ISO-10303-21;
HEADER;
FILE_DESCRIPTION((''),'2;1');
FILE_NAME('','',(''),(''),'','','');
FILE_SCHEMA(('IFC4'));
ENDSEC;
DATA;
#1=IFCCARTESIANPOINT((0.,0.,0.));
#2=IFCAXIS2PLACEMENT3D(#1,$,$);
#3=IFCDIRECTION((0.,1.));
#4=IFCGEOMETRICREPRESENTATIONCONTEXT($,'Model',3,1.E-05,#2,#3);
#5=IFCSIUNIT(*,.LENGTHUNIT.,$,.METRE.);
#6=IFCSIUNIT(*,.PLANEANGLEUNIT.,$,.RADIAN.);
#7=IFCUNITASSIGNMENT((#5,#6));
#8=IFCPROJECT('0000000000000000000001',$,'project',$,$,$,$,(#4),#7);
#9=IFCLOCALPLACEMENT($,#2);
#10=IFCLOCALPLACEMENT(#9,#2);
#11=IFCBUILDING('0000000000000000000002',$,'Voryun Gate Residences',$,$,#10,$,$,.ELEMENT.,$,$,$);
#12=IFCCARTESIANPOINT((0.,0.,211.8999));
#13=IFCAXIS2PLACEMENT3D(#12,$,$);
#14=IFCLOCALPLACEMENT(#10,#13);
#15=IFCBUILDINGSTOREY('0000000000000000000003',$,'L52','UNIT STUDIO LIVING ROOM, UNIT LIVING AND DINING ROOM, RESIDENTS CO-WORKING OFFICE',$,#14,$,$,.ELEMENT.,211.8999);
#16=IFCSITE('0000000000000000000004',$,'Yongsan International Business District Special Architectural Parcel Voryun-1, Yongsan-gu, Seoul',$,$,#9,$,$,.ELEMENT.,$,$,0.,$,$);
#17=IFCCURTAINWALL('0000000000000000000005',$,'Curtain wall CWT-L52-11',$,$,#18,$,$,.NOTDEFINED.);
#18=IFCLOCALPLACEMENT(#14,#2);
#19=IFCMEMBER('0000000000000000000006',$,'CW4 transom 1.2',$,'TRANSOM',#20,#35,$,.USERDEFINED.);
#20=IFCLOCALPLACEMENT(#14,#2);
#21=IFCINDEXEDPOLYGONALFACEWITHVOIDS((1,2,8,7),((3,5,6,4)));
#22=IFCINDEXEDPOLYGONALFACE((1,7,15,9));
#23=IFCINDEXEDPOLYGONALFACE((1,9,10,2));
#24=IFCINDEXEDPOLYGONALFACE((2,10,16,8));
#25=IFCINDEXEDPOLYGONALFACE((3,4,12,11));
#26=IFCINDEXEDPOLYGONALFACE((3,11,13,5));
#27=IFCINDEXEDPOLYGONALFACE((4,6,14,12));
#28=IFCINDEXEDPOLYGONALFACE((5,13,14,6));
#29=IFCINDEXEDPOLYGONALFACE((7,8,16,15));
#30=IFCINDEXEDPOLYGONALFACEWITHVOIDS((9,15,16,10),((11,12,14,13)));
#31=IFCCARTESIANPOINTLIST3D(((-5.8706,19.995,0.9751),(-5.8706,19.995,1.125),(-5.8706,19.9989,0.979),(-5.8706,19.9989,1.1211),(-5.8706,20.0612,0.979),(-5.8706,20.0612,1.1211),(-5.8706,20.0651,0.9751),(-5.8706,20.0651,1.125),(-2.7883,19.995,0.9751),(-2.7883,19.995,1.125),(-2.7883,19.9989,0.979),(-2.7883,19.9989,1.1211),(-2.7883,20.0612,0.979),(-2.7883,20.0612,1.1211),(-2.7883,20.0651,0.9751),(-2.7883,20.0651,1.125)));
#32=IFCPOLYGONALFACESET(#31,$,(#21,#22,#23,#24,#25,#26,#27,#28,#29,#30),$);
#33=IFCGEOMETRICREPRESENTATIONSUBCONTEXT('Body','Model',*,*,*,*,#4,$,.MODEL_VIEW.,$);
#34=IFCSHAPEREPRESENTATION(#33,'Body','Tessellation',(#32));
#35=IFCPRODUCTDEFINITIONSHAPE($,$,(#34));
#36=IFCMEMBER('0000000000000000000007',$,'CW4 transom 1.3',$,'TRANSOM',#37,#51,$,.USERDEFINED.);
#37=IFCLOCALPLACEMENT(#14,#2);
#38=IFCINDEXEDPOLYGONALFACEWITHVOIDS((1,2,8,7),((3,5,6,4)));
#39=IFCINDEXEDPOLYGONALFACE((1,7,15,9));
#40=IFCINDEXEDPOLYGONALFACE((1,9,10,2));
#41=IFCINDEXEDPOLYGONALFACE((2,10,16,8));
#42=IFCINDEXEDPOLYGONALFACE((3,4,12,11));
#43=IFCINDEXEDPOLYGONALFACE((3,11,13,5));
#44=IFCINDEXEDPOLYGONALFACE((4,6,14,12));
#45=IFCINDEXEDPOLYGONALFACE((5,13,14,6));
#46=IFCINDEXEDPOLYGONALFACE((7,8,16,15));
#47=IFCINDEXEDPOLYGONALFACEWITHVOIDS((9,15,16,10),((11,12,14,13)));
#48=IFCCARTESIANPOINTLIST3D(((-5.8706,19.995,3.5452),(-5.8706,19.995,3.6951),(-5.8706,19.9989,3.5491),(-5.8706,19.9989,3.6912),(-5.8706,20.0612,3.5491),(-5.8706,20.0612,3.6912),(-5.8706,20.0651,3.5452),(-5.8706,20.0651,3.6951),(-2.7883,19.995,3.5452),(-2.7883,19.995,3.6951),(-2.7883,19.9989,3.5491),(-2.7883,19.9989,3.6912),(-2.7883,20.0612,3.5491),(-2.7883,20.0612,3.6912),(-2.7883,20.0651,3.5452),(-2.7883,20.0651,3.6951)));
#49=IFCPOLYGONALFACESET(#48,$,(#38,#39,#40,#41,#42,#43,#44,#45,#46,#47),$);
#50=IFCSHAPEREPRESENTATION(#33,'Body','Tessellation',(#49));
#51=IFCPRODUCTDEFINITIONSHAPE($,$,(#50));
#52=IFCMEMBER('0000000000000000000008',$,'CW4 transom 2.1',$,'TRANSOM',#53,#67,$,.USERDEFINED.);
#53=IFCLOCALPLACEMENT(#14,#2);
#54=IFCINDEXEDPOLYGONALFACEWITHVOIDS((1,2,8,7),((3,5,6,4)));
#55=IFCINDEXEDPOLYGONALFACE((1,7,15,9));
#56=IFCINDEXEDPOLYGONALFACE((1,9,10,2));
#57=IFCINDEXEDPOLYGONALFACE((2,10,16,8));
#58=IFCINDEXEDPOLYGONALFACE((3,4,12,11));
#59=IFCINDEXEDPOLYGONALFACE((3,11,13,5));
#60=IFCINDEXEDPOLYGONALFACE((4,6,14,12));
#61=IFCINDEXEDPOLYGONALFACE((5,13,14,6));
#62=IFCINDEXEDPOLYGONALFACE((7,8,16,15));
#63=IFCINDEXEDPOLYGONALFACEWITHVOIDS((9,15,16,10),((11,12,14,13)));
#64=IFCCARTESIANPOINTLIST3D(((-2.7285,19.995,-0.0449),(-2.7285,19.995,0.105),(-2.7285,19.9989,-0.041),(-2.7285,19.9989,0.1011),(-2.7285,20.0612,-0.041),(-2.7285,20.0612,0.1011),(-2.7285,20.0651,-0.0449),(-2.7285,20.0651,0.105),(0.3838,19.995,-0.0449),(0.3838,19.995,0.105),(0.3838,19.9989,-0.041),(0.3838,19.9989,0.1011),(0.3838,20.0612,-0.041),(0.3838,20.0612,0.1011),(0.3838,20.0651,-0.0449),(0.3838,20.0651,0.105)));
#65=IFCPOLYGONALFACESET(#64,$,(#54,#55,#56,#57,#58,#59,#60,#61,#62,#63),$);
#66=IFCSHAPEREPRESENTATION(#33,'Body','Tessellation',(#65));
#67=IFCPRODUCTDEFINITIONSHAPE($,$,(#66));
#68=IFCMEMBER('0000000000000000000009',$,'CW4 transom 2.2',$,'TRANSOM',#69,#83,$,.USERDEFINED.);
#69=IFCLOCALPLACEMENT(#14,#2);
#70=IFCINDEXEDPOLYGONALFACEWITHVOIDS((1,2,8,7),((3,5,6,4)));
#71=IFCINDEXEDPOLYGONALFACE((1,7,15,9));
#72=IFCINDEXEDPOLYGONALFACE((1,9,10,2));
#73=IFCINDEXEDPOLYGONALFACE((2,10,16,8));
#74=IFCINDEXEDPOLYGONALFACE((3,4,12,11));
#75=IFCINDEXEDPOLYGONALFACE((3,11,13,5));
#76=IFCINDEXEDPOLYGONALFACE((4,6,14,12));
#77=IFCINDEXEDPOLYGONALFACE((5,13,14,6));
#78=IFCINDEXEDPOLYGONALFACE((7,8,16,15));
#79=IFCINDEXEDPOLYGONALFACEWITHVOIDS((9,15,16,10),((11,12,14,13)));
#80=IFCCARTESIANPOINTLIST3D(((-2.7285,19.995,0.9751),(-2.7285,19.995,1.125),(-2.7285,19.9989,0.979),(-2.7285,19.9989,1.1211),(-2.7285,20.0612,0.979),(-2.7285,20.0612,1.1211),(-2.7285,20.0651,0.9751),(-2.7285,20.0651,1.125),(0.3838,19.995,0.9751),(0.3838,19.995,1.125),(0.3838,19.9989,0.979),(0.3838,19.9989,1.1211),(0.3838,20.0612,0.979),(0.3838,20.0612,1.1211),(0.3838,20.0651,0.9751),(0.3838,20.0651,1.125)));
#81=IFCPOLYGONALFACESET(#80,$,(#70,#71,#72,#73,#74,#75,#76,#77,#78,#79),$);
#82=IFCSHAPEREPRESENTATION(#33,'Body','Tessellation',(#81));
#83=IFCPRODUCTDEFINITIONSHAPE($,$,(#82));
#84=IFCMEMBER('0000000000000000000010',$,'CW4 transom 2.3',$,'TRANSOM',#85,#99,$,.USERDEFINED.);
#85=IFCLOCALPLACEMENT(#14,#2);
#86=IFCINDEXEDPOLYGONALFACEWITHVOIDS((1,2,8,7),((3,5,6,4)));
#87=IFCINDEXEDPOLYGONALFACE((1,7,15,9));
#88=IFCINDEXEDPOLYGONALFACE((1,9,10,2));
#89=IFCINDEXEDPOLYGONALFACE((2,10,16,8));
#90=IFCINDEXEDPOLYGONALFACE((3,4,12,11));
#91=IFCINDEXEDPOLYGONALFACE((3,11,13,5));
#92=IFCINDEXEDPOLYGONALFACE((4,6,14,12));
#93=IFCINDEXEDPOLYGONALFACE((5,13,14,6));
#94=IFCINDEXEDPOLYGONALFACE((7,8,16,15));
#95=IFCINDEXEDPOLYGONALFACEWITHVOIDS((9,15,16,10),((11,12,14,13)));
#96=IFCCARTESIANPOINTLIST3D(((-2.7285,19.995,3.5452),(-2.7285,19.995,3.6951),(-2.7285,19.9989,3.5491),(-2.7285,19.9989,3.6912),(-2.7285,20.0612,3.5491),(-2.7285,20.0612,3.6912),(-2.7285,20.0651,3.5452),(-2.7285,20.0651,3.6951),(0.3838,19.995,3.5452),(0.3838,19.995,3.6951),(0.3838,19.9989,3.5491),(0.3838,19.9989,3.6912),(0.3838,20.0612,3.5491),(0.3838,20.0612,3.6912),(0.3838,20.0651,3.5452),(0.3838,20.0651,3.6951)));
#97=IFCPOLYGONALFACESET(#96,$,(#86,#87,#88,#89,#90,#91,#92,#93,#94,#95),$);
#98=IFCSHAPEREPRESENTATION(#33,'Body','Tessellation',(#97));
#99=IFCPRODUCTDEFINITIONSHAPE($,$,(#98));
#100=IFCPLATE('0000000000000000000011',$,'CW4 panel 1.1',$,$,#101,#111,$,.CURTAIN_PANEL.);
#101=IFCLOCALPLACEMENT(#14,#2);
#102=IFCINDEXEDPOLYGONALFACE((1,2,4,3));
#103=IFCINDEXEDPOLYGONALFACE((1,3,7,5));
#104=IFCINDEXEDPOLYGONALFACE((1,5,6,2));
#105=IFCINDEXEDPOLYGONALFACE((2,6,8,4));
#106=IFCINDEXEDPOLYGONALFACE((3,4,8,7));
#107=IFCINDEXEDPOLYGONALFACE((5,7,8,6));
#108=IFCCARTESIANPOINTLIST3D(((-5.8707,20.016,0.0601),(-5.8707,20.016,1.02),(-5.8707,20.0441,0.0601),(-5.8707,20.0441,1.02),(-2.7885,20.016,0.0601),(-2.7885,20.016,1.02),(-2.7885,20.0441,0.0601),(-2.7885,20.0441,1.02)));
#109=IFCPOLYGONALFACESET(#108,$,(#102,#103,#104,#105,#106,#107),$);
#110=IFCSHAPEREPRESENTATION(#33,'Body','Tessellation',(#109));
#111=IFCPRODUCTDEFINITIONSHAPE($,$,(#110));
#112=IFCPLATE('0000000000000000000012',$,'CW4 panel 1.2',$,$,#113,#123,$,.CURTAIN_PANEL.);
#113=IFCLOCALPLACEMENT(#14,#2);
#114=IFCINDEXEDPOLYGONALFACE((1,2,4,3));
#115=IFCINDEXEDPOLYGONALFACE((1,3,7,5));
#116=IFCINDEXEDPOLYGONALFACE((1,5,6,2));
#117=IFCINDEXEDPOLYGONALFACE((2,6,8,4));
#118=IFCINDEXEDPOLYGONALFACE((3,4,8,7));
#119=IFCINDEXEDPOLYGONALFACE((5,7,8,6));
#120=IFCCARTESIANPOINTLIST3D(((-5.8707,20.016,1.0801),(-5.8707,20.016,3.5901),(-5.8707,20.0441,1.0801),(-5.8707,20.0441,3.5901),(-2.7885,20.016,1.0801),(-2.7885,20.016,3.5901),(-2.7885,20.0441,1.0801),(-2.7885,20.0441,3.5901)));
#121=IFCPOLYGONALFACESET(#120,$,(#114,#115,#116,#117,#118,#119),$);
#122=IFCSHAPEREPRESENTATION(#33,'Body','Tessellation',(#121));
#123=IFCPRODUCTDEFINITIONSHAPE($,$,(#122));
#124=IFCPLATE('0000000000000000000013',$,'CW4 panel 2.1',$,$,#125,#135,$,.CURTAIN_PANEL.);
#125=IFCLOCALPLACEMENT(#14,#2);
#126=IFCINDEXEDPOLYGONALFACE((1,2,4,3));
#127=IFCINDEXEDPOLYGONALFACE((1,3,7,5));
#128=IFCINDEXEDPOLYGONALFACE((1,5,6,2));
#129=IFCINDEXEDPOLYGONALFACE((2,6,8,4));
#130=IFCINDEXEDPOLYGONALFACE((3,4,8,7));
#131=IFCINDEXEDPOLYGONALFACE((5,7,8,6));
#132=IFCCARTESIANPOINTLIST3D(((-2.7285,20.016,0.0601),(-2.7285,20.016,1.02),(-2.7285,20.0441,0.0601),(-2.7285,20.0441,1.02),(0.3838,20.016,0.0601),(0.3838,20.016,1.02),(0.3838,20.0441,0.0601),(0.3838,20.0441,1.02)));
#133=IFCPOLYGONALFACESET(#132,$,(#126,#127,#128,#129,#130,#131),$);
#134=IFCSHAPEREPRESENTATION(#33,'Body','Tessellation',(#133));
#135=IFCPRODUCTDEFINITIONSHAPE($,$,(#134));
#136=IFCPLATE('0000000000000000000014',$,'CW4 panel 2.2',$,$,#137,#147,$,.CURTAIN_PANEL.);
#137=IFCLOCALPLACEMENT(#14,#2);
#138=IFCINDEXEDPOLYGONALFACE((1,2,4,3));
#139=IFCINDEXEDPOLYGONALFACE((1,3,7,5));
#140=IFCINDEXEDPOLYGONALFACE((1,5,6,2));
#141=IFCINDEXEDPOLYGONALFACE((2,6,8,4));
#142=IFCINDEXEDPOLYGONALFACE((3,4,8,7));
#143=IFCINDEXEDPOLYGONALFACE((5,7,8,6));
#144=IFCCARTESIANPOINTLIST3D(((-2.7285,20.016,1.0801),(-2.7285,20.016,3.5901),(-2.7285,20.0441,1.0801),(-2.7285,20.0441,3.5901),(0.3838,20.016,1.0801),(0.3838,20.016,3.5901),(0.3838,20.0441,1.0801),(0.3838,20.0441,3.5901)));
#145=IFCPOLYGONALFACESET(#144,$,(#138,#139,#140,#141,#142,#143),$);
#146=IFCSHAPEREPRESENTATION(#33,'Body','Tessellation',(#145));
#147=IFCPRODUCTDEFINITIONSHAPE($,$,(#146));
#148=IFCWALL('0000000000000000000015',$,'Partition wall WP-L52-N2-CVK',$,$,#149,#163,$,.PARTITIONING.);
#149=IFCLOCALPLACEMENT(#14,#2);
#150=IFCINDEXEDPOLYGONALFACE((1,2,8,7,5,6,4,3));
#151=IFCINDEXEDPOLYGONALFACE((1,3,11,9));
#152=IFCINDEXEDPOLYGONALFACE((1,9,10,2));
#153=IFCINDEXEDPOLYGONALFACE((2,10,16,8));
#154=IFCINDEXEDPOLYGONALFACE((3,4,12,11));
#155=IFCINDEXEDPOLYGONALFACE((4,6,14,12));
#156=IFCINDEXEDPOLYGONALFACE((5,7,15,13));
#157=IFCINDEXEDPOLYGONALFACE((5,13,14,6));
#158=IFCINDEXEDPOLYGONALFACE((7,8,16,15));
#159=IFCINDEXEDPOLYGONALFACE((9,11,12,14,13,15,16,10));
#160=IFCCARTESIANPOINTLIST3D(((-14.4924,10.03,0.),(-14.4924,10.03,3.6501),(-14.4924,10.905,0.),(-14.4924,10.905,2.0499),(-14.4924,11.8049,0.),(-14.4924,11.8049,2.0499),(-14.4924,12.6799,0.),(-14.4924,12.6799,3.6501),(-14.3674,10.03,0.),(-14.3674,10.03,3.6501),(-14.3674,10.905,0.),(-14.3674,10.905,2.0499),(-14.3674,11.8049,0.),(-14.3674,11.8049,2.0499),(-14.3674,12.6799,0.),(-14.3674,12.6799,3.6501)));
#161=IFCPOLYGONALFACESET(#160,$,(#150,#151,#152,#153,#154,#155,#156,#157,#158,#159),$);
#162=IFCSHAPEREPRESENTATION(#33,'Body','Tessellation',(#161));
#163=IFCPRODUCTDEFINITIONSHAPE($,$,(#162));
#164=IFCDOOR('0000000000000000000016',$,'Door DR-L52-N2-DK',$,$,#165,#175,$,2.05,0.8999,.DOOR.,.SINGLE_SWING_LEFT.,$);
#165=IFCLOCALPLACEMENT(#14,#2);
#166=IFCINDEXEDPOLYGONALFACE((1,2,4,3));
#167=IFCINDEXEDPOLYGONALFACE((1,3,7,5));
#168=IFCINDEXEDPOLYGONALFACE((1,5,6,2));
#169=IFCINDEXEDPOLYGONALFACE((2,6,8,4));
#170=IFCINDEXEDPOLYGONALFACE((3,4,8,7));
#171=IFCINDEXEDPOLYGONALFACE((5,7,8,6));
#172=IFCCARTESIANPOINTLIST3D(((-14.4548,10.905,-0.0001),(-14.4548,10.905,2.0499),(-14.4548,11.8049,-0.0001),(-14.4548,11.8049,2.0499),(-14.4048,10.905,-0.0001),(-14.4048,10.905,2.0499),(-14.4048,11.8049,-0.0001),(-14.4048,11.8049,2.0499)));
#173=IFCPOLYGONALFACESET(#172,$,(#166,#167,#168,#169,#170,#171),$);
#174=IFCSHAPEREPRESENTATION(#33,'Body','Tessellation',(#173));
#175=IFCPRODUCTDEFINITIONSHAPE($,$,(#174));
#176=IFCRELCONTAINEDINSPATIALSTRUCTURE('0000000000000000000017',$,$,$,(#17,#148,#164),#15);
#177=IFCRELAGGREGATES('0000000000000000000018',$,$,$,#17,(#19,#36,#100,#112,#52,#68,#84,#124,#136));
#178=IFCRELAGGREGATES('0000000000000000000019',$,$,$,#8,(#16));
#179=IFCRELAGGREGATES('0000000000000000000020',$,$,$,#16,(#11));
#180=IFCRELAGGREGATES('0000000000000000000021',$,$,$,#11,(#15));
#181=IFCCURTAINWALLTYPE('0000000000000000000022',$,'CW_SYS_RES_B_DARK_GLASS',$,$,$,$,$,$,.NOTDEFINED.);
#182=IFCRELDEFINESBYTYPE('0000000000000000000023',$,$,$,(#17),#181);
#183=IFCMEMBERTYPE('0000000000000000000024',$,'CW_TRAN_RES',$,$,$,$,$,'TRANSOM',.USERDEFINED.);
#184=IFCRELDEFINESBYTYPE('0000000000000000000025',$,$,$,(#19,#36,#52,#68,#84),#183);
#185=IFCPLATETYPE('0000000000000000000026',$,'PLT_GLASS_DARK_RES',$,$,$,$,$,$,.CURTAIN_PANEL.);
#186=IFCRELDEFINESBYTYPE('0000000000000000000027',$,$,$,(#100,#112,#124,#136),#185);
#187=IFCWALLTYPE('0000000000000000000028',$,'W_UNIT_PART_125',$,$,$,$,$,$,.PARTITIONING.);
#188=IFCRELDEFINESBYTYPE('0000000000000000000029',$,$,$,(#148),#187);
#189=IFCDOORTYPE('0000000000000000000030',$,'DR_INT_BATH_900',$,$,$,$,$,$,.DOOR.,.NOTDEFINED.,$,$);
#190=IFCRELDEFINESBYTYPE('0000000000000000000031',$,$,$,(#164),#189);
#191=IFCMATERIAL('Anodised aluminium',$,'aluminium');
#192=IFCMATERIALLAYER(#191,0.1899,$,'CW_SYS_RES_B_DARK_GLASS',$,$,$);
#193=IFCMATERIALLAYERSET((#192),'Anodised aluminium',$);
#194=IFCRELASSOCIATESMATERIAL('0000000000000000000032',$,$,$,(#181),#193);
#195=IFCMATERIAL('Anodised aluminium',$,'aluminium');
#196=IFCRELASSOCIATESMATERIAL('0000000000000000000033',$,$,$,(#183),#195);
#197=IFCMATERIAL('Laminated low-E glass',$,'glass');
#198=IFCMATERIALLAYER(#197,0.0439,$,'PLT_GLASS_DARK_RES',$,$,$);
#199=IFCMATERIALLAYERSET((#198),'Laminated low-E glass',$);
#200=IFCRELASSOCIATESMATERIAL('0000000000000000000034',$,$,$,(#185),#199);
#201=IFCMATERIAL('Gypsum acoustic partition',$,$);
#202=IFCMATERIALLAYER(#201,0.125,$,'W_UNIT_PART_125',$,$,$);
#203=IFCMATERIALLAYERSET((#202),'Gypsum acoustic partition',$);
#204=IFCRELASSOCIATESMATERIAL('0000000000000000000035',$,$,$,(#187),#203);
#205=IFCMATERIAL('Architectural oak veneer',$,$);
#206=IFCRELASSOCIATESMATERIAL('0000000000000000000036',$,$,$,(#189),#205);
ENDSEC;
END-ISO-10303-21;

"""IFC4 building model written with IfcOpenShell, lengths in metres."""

from ifc_helpers import new_model, si_unit, direction, frame, frame_2d, origin, origin_2d, place, context, subcontext, project, spatial, rectangle, hollow_rectangle, extrude, material, layer, layer_set, material_profile, profile_set, type_object, element, fill, aggregate, save


model = new_model("IFC4")

# Units and contexts
model_context = context("Model", 3, precision=1e-05, world=origin(), true_north=direction((0.0, 1.0)))
body_context = subcontext(model_context, "Body", "Model", "MODEL_VIEW")
ifc_project = project(units=[si_unit("LENGTHUNIT", "METRE"), si_unit("PLANEANGLEUNIT", "RADIAN")], contexts=[model_context])

# Site, building, storey
site_placement = place(None, origin())
site = spatial("IfcSite", under=ifc_project, at=site_placement, Name="Yongsan International Business District Special Architectural Parcel Voryun-1, Yongsan-gu, Seoul", CompositionType="ELEMENT", RefElevation=0.0)
building_placement = place(site_placement, origin())
building = spatial("IfcBuilding", under=site, at=building_placement, Name="Voryun Gate Residences", CompositionType="ELEMENT")
storey_placement = place(building_placement, frame((0.0, 0.0, 211.8999)))
storey = spatial("IfcBuildingStorey", under=building, at=storey_placement, Name="L52", Description="UNIT STUDIO LIVING ROOM, UNIT LIVING AND DINING ROOM, RESIDENTS CO-WORKING OFFICE", CompositionType="ELEMENT", Elevation=211.8999)

# Curtain wall, members, plates
ifc_material_1 = material(Name="Anodised aluminium", Category="aluminium")
ifc_layer_1 = layer(ifc_material_1, 0.1899, Name="CW_SYS_RES_B_DARK_GLASS")
ifc_layer_set_1 = layer_set([ifc_layer_1], Name="Anodised aluminium")
curtain_wall_type = type_object("IfcCurtainWallType", Name="CW_SYS_RES_B_DARK_GLASS", PredefinedType="NOTDEFINED", material=ifc_layer_set_1)
curtain_wall_placement = place(storey_placement, origin())
curtain_wall = element("IfcCurtainWall", 1, at=curtain_wall_placement, inside=storey, type_object=curtain_wall_type, Name="Curtain wall CWT-L52-11", PredefinedType="NOTDEFINED")
ifc_material_2 = material(Name="Anodised aluminium", Category="aluminium")
ifc_material_profile_1 = material_profile(ifc_material_2, hollow_rectangle(XDim=0.0701, YDim=0.1499, WallThickness=0.0039, at=origin_2d()), Name="ALU-TRAN-150x70x4")
ifc_profile_set_1 = profile_set([ifc_material_profile_1], Name="Anodised aluminium")
member_type_1 = type_object("IfcMemberType", Name="CW_TRAN_RES", ElementType="TRANSOM", PredefinedType="USERDEFINED", material=ifc_profile_set_1)
member_1_placement = place(storey_placement, frame((-5.8706, 20.03, 1.05), z_axis=(1.0, 0.0, 0.0), x_axis=(0.0, 1.0, 0.0)))
member_1 = element("IfcMember", 2, at=member_1_placement, type_object=member_type_1, Name="CW4 transom 1.2", ObjectType="TRANSOM", PredefinedType="USERDEFINED", context=body_context, shape_type="SweptSolid", body=[
    extrude(hollow_rectangle(XDim=0.0701, YDim=0.1499, WallThickness=0.0039, at=origin_2d()), origin(), (0.0, 0.0, 1.0), 3.0823),
])
member_2_placement = place(storey_placement, frame((-5.8706, 20.03, 3.6201), z_axis=(1.0, 0.0, 0.0), x_axis=(0.0, 1.0, 0.0)))
member_2 = element("IfcMember", 3, at=member_2_placement, type_object=member_type_1, Name="CW4 transom 1.3", ObjectType="TRANSOM", PredefinedType="USERDEFINED", context=body_context, shape_type="SweptSolid", body=[
    extrude(hollow_rectangle(XDim=0.0701, YDim=0.1499, WallThickness=0.0039, at=origin_2d()), origin(), (0.0, 0.0, 1.0), 3.0823),
])
member_3_placement = place(storey_placement, frame((-2.7285, 20.03, 0.03), z_axis=(1.0, 0.0, 0.0), x_axis=(0.0, 1.0, 0.0)))
member_3 = element("IfcMember", 4, at=member_3_placement, type_object=member_type_1, Name="CW4 transom 2.1", ObjectType="TRANSOM", PredefinedType="USERDEFINED", context=body_context, shape_type="SweptSolid", body=[
    extrude(hollow_rectangle(XDim=0.0701, YDim=0.1499, WallThickness=0.0039, at=origin_2d()), origin(), (0.0, 0.0, 1.0), 3.1123),
])
member_4_placement = place(storey_placement, frame((-2.7285, 20.03, 1.05), z_axis=(1.0, 0.0, 0.0), x_axis=(0.0, 1.0, 0.0)))
member_4 = element("IfcMember", 5, at=member_4_placement, type_object=member_type_1, Name="CW4 transom 2.2", ObjectType="TRANSOM", PredefinedType="USERDEFINED", context=body_context, shape_type="SweptSolid", body=[
    extrude(hollow_rectangle(XDim=0.0701, YDim=0.1499, WallThickness=0.0039, at=origin_2d()), origin(), (0.0, 0.0, 1.0), 3.1123),
])
member_5_placement = place(storey_placement, frame((-2.7285, 20.03, 3.6201), z_axis=(1.0, 0.0, 0.0), x_axis=(0.0, 1.0, 0.0)))
member_5 = element("IfcMember", 6, at=member_5_placement, type_object=member_type_1, Name="CW4 transom 2.3", ObjectType="TRANSOM", PredefinedType="USERDEFINED", context=body_context, shape_type="SweptSolid", body=[
    extrude(hollow_rectangle(XDim=0.0701, YDim=0.1499, WallThickness=0.0039, at=origin_2d()), origin(), (0.0, 0.0, 1.0), 3.1123),
])
ifc_material_3 = material(Name="Laminated low-E glass", Category="glass")
ifc_layer_2 = layer(ifc_material_3, 0.0439, Name="PLT_GLASS_DARK_RES")
ifc_layer_set_2 = layer_set([ifc_layer_2], Name="Laminated low-E glass")
plate_type = type_object("IfcPlateType", Name="PLT_GLASS_DARK_RES", PredefinedType="CURTAIN_PANEL", material=ifc_layer_set_2)
plate_1_placement = place(storey_placement, frame((-4.3296, 20.03, 0.0601), z_axis=(0.0, 0.0, 1.0), x_axis=(1.0, 0.0, 0.0)))
plate_1 = element("IfcPlate", 7, at=plate_1_placement, type_object=plate_type, Name="CW4 panel 1.1", PredefinedType="CURTAIN_PANEL", context=body_context, shape_type="SweptSolid", body=[
    extrude(rectangle(XDim=3.0823, YDim=0.0281, at=origin_2d()), origin(), (0.0, 0.0, 1.0), 0.96),
])
plate_2_placement = place(storey_placement, frame((-4.3296, 20.03, 1.0801), z_axis=(0.0, 0.0, 1.0), x_axis=(1.0, 0.0, 0.0)))
plate_2 = element("IfcPlate", 8, at=plate_2_placement, type_object=plate_type, Name="CW4 panel 1.2", PredefinedType="CURTAIN_PANEL", context=body_context, shape_type="SweptSolid", body=[
    extrude(rectangle(XDim=3.0823, YDim=0.0281, at=origin_2d()), origin(), (0.0, 0.0, 1.0), 2.51),
])
plate_3_placement = place(storey_placement, frame((-1.1724, 20.03, 0.0601), z_axis=(0.0, 0.0, 1.0), x_axis=(1.0, 0.0, 0.0)))
plate_3 = element("IfcPlate", 9, at=plate_3_placement, type_object=plate_type, Name="CW4 panel 2.1", PredefinedType="CURTAIN_PANEL", context=body_context, shape_type="SweptSolid", body=[
    extrude(rectangle(XDim=3.1123, YDim=0.0281, at=origin_2d()), origin(), (0.0, 0.0, 1.0), 0.96),
])
plate_4_placement = place(storey_placement, frame((-1.1724, 20.03, 1.0801), z_axis=(0.0, 0.0, 1.0), x_axis=(1.0, 0.0, 0.0)))
plate_4 = element("IfcPlate", 10, at=plate_4_placement, type_object=plate_type, Name="CW4 panel 2.2", PredefinedType="CURTAIN_PANEL", context=body_context, shape_type="SweptSolid", body=[
    extrude(rectangle(XDim=3.1123, YDim=0.0281, at=origin_2d()), origin(), (0.0, 0.0, 1.0), 2.51),
])
aggregate(curtain_wall, [member_1, member_2, plate_1, plate_2, member_3, member_4, member_5, plate_3, plate_4])

# Wall, opening, door
ifc_material_4 = material(Name="Gypsum acoustic partition")
ifc_layer_3 = layer(ifc_material_4, 0.125, Name="W_UNIT_PART_125")
ifc_layer_set_3 = layer_set([ifc_layer_3], Name="Gypsum acoustic partition")
wall_type_1 = type_object("IfcWallType", Name="W_UNIT_PART_125", PredefinedType="PARTITIONING", material=ifc_layer_set_3)
wall_1_placement = place(storey_placement, frame((-14.4299, 10.03, 0.0), z_axis=(0.0, 0.0, 1.0), x_axis=(0.0, 1.0, 0.0)))
wall_1 = element("IfcWall", 11, at=wall_1_placement, inside=storey, type_object=wall_type_1, Name="Partition wall WP-L52-N2-CVK", PredefinedType="PARTITIONING", context=body_context, shape_type="SweptSolid", body=[
    extrude(rectangle(XDim=2.6499, YDim=0.125, at=frame_2d((1.325, 0.0))), origin(), (0.0, 0.0, 1.0), 3.6501),
])
opening_1_placement = place(wall_1_placement, frame((0.875, 0.0, 0.0)))
opening_1 = element("IfcOpeningElement", 12, at=opening_1_placement, cuts=wall_1, PredefinedType="OPENING", context=body_context, shape_type="SweptSolid", body=[
    extrude(rectangle(XDim=0.8999, YDim=2.05, at=frame_2d((0.45, 1.0249))), frame((0.0, 0.0725, 0.0), z_axis=(0.0, -1.0, 0.0), x_axis=(1.0, 0.0, 0.0)), (0.0, 0.0, 1.0), 0.145),
])
ifc_material_5 = material(Name="Architectural oak veneer")
door_type = type_object("IfcDoorType", Name="DR_INT_BATH_900", OperationType="NOTDEFINED", PredefinedType="DOOR", material=ifc_material_5)
door_1_placement = place(opening_1_placement, origin())
door_1 = element("IfcDoor", 13, at=door_1_placement, inside=storey, type_object=door_type, Name="Door DR-L52-N2-DK", OperationType="SINGLE_SWING_LEFT", OverallHeight=2.05, OverallWidth=0.8999, PredefinedType="DOOR", context=body_context, shape_type="SweptSolid", body=[
    extrude(rectangle(XDim=0.8999, YDim=2.05, at=frame_2d((0.45, 1.0249))), frame((0.0, 0.0249, 0.0), z_axis=(0.0, -1.0, 0.0), x_axis=(1.0, 0.0, 0.0)), (0.0, 0.0, 1.0), 0.05),
])
fill(opening_1, door_1)

save(model, "model.ifc")
